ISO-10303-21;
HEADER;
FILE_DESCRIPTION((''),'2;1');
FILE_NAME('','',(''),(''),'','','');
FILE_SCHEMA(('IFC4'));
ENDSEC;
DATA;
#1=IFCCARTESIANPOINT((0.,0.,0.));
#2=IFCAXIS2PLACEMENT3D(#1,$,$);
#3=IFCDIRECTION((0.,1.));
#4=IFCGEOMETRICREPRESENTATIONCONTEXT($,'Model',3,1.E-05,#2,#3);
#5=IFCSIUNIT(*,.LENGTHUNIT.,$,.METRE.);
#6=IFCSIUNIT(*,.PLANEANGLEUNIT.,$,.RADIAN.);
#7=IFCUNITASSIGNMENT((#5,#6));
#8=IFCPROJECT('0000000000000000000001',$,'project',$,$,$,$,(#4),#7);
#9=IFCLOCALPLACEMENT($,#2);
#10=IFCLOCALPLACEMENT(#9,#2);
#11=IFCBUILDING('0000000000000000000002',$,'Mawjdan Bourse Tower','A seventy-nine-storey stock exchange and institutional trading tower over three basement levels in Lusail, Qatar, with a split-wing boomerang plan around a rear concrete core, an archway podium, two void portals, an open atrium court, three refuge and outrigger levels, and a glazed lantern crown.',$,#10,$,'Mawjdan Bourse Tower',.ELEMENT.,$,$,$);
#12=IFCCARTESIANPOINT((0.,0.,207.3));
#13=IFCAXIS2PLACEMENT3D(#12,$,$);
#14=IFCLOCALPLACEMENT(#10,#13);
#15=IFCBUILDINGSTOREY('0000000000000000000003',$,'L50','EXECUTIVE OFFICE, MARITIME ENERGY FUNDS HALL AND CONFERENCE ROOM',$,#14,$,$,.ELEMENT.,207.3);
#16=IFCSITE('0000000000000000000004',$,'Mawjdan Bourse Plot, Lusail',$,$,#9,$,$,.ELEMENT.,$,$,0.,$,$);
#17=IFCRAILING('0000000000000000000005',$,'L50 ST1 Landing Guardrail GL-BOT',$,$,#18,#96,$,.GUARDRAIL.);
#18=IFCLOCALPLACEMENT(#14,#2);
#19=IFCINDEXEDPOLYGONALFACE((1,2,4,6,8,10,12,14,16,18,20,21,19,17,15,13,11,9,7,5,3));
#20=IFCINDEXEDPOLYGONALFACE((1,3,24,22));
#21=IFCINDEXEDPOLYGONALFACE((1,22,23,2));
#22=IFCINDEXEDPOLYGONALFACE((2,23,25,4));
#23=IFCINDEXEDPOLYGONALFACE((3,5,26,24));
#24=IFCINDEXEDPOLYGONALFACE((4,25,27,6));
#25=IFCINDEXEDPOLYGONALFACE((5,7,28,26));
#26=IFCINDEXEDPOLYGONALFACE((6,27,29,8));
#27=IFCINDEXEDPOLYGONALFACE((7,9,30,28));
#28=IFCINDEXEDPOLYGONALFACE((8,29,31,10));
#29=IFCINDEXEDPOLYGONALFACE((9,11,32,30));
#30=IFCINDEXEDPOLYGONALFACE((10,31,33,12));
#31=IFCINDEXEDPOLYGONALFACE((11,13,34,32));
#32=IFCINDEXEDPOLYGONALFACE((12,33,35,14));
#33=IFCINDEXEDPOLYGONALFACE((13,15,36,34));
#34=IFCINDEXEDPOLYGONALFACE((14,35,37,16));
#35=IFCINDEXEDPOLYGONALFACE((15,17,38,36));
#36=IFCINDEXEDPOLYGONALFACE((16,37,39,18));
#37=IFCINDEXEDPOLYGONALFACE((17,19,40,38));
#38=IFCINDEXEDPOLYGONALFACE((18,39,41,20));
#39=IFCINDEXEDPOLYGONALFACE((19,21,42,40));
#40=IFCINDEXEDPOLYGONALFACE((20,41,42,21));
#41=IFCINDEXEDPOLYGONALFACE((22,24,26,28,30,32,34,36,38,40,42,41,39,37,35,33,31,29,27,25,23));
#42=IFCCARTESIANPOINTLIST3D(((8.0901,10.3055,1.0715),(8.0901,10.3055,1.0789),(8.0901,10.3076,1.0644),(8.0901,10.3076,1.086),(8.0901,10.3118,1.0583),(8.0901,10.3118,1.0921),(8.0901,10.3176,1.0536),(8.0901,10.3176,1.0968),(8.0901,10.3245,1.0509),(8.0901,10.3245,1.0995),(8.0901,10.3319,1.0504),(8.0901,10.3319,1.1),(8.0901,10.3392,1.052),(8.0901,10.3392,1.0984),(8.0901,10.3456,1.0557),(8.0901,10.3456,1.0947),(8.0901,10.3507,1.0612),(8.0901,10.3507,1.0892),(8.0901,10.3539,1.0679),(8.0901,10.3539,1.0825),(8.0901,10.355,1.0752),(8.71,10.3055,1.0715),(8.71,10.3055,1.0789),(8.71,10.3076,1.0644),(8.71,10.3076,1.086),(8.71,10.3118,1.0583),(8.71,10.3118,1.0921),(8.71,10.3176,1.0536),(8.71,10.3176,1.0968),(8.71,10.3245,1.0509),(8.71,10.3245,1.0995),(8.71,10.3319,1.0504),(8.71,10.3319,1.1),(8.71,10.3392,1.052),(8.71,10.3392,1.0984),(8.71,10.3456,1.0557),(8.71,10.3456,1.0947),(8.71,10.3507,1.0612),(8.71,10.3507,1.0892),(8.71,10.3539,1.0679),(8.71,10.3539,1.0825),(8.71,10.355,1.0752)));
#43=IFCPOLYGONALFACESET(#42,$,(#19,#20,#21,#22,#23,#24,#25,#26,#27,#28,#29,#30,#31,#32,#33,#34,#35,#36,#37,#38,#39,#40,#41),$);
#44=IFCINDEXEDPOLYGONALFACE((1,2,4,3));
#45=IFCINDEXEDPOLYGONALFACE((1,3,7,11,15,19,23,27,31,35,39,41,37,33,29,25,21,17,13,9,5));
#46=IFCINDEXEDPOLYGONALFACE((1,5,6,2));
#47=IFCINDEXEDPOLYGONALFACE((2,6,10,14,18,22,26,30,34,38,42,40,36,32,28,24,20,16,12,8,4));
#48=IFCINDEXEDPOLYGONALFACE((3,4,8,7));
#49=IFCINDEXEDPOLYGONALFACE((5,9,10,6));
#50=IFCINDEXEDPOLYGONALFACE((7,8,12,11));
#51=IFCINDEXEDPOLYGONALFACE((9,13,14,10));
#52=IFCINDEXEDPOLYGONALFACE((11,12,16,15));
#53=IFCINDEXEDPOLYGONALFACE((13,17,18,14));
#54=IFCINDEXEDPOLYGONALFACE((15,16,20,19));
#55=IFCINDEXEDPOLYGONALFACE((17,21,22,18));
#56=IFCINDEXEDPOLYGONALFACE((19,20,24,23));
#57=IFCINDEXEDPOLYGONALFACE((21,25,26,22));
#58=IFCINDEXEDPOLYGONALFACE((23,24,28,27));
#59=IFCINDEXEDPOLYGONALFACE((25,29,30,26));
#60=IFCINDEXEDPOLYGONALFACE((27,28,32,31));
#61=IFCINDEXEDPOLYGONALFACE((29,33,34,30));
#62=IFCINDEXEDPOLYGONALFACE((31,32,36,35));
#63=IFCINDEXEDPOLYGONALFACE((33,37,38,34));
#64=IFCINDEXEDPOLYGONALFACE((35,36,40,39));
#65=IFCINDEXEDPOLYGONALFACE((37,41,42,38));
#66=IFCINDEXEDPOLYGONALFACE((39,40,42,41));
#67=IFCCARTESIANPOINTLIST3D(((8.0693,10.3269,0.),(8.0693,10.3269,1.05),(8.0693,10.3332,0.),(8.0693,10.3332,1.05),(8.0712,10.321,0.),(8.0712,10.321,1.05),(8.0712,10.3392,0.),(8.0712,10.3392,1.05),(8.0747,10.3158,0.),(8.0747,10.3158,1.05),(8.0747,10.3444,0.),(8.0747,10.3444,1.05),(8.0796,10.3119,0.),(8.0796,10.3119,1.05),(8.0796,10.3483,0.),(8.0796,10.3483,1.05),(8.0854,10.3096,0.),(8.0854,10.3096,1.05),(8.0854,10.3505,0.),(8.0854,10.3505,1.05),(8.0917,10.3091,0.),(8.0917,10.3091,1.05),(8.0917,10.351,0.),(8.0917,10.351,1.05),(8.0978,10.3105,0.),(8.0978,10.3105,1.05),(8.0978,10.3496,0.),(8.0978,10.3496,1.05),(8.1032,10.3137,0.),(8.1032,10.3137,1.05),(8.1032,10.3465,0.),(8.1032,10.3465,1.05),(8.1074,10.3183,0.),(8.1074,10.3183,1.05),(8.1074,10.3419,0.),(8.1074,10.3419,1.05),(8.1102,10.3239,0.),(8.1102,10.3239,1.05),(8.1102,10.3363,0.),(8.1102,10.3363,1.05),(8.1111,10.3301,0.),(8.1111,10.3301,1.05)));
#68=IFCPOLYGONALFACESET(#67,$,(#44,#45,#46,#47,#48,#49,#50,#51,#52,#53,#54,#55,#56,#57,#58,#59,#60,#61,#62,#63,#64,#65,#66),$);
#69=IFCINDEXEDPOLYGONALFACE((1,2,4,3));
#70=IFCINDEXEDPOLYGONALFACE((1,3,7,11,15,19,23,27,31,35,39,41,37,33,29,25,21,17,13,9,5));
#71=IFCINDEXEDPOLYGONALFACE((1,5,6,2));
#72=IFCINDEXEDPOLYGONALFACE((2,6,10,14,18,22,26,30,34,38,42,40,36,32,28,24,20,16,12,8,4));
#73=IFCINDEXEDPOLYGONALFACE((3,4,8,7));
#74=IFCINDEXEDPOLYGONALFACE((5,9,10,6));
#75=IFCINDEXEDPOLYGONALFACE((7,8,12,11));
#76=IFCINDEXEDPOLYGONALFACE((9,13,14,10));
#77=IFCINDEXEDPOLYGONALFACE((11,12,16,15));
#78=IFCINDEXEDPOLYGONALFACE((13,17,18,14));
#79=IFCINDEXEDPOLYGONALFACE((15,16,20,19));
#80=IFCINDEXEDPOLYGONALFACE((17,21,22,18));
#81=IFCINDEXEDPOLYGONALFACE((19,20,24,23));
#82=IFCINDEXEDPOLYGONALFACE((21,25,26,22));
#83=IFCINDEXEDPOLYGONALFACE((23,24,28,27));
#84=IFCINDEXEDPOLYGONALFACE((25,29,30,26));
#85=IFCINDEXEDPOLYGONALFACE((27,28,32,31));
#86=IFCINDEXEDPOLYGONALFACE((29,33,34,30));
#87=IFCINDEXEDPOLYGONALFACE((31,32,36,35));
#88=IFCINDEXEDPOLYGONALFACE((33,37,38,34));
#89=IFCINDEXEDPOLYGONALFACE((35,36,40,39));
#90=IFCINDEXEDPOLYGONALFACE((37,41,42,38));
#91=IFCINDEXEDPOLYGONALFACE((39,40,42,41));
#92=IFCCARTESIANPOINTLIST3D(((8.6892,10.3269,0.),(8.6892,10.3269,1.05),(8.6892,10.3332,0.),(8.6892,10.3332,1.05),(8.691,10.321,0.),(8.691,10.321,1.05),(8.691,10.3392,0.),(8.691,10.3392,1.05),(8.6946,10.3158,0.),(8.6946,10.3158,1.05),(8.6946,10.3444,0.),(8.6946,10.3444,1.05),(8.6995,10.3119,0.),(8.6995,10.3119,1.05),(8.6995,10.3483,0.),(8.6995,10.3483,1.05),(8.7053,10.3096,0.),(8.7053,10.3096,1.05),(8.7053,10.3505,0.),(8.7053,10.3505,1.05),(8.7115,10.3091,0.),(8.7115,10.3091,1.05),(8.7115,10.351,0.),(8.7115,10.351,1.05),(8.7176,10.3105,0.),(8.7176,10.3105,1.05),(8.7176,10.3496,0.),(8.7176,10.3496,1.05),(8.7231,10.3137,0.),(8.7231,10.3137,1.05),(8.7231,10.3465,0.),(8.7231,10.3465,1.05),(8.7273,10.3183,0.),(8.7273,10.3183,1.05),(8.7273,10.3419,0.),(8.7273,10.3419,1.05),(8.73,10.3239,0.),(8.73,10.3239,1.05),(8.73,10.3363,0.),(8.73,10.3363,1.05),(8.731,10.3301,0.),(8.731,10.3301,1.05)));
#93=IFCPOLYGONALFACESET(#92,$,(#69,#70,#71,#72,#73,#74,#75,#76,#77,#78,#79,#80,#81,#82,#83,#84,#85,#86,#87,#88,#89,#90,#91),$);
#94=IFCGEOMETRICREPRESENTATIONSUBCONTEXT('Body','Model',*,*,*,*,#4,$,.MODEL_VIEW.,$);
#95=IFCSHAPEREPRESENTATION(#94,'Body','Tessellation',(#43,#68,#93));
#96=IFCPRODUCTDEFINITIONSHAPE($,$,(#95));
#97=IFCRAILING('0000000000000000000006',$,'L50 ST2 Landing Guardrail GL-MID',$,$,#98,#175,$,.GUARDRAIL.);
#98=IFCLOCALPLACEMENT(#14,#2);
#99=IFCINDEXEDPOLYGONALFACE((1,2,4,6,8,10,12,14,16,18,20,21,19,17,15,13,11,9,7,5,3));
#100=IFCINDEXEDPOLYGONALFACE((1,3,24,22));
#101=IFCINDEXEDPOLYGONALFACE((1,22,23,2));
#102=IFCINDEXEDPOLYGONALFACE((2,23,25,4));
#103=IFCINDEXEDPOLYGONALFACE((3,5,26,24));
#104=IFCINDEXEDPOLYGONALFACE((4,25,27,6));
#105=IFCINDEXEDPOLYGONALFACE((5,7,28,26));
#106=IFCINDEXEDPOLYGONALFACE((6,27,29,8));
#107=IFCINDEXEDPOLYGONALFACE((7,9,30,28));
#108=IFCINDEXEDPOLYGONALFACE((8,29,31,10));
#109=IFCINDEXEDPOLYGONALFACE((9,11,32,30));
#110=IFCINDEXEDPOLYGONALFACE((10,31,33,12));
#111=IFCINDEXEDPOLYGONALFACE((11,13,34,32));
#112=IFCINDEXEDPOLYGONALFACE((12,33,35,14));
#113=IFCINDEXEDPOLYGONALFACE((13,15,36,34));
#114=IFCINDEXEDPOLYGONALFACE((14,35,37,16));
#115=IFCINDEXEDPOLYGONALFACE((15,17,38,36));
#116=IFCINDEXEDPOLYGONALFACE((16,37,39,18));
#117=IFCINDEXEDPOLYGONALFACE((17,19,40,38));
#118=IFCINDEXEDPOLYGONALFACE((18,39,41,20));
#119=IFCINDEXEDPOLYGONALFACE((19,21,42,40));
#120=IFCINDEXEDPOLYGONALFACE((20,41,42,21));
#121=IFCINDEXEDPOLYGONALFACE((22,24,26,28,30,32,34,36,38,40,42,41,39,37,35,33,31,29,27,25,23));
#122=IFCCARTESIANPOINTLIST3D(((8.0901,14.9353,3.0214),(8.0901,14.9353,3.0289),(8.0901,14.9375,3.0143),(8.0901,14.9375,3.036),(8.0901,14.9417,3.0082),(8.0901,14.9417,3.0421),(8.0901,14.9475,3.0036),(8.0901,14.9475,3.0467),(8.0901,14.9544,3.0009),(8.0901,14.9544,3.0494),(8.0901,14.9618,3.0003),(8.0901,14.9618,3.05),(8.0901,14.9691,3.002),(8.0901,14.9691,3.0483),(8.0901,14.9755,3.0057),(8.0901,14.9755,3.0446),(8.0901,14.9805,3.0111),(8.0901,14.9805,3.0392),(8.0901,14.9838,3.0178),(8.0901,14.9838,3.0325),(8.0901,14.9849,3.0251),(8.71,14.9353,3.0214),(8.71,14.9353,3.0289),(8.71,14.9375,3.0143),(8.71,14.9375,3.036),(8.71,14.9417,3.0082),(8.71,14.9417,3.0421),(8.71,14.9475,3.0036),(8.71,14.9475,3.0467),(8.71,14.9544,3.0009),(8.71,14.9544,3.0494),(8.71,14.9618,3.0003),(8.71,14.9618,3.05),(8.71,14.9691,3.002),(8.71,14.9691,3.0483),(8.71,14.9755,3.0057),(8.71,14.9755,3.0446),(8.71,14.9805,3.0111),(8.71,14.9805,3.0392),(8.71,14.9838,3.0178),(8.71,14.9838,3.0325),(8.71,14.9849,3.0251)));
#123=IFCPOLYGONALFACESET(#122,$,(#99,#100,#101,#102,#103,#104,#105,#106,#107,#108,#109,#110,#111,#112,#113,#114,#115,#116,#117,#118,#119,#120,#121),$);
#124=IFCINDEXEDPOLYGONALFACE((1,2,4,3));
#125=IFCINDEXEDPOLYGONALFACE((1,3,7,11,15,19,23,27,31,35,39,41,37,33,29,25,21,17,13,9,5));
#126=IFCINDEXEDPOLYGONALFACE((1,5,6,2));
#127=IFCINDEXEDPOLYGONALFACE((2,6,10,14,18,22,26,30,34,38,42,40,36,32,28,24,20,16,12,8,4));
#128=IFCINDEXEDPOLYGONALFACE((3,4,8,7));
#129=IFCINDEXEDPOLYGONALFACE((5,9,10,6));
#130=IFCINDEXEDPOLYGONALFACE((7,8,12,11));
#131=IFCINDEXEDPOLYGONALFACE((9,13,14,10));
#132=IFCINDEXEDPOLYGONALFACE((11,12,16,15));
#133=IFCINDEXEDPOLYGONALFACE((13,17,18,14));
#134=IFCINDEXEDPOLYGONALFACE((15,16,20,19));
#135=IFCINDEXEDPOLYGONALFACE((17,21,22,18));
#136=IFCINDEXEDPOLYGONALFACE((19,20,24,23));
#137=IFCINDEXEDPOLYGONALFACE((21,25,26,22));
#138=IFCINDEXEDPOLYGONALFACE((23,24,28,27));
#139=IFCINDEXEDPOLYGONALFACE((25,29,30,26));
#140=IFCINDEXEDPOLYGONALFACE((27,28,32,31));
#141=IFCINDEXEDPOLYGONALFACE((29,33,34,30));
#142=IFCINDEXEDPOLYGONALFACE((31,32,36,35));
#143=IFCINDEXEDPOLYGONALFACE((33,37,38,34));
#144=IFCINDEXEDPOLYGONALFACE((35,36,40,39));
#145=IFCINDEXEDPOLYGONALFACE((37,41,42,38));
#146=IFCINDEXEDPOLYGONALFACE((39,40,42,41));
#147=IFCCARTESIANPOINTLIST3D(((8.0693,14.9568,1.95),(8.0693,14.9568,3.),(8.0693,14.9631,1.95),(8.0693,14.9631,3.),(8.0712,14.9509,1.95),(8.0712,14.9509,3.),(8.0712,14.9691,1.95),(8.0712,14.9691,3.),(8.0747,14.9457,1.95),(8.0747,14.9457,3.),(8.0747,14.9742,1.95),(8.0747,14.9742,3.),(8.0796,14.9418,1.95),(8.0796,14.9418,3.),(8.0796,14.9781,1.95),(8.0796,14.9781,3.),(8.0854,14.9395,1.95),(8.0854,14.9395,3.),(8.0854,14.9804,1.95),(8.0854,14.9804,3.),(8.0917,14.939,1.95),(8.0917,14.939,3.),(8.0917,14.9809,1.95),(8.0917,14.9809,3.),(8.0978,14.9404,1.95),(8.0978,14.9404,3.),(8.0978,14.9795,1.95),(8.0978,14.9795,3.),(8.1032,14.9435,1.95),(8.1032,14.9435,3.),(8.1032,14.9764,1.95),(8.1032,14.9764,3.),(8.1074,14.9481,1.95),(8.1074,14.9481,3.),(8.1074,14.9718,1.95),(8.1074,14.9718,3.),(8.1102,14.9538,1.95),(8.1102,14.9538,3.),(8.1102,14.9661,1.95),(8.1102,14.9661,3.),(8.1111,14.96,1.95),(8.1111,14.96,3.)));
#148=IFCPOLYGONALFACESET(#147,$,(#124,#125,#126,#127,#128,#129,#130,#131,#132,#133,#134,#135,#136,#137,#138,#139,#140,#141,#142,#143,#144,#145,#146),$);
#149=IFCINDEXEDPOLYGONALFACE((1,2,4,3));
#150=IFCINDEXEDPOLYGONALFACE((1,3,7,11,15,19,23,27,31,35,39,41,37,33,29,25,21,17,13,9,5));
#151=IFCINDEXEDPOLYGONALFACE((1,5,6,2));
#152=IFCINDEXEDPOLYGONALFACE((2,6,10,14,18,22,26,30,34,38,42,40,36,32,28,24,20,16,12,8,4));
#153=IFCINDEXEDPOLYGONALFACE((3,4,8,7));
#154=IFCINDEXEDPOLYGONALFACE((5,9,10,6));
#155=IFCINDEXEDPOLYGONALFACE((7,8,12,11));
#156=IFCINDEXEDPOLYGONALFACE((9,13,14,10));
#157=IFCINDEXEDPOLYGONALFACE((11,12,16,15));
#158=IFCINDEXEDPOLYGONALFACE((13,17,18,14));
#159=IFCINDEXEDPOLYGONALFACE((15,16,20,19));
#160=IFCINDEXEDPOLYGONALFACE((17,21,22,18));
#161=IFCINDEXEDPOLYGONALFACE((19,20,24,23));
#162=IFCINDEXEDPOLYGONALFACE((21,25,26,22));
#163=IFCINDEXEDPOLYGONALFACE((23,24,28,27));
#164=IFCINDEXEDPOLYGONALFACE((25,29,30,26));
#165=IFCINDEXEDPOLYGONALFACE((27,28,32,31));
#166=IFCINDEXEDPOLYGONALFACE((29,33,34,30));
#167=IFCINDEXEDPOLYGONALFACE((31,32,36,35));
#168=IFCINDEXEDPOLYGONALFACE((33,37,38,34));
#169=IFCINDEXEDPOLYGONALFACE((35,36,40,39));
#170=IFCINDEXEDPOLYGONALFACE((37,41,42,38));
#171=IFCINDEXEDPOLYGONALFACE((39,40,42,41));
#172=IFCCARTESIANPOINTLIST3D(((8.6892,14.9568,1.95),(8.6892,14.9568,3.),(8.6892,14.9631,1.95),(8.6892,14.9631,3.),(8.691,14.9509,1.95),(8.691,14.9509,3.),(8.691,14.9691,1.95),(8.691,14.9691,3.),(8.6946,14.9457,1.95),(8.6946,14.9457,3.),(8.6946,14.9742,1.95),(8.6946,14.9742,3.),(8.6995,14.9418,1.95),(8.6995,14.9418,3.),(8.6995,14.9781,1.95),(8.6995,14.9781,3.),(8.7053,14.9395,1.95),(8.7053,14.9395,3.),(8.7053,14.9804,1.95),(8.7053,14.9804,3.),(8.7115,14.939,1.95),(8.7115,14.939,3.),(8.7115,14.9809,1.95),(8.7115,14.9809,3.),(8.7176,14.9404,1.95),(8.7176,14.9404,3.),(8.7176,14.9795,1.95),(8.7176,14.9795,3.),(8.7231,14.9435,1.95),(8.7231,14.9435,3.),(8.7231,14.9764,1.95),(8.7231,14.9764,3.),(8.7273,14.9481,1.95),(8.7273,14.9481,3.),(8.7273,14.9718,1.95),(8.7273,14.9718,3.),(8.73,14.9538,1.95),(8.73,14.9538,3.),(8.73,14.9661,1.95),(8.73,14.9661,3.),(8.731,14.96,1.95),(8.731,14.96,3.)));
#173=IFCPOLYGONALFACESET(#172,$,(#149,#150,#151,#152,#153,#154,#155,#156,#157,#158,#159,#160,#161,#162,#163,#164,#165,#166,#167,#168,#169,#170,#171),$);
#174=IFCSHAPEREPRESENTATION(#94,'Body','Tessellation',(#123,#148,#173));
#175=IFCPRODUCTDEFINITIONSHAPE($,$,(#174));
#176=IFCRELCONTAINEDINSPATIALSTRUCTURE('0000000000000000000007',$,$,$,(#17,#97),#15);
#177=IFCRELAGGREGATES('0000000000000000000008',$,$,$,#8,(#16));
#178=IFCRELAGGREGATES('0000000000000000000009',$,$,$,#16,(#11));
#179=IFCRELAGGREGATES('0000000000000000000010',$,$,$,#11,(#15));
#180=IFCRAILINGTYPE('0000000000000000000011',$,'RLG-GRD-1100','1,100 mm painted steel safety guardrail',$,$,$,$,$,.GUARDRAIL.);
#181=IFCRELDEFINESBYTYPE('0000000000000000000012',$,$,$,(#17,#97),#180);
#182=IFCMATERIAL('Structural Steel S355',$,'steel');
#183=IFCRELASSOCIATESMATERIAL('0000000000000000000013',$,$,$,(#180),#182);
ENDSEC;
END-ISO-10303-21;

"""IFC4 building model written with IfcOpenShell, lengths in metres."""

from ifc_helpers import new_model, si_unit, direction, frame, origin, origin_2d, place, context, subcontext, project, spatial, circle, extrude, material, type_object, element, save


model = new_model("IFC4")

# Units and contexts
model_context = context("Model", 3, precision=1e-05, world=origin(), true_north=direction((0.0, 1.0)))
body_context = subcontext(model_context, "Body", "Model", "MODEL_VIEW")
ifc_project = project(units=[si_unit("LENGTHUNIT", "METRE"), si_unit("PLANEANGLEUNIT", "RADIAN")], contexts=[model_context])

# Site, building, storey
site_placement = place(None, origin())
site = spatial("IfcSite", under=ifc_project, at=site_placement, Name="Mawjdan Bourse Plot, Lusail", CompositionType="ELEMENT", RefElevation=0.0)
building_placement = place(site_placement, origin())
building = spatial("IfcBuilding", under=site, at=building_placement, Name="Mawjdan Bourse Tower", Description="A seventy-nine-storey stock exchange and institutional trading tower over three basement levels in Lusail, Qatar, with a split-wing boomerang plan around a rear concrete core, an archway podium, two void portals, an open atrium court, three refuge and outrigger levels, and a glazed lantern crown.", LongName="Mawjdan Bourse Tower", CompositionType="ELEMENT")
storey_placement = place(building_placement, frame((0.0, 0.0, 207.3)))
storey = spatial("IfcBuildingStorey", under=building, at=storey_placement, Name="L50", Description="EXECUTIVE OFFICE, MARITIME ENERGY FUNDS HALL AND CONFERENCE ROOM", CompositionType="ELEMENT", Elevation=207.3)

# Railings
ifc_material_1 = material(Name="Structural Steel S355", Category="steel")
railing_type_1 = type_object("IfcRailingType", Name="RLG-GRD-1100", Description="1,100 mm painted steel safety guardrail", PredefinedType="GUARDRAIL", material=ifc_material_1)
for number, where, name in (
    (1, (8.0901, 10.3301, 0.0), "L50 ST1 Landing Guardrail GL-BOT"),
    (2, (8.0901, 14.96, 1.95), "L50 ST2 Landing Guardrail GL-MID"),
):
    element("IfcRailing", number, at=place(storey_placement, frame(where)), inside=storey, type_object=railing_type_1, Name=name, PredefinedType="GUARDRAIL", context=body_context, shape_type="SweptSolid", body=[
        extrude(circle(Radius=0.0249, at=origin_2d()), frame((0.0, 0.0, 1.0752), z_axis=(1.0, 0.0, 0.0), x_axis=(0.0, 1.0, 0.0)), (0.0, 0.0, 1.0), 0.6199),
        extrude(circle(Radius=0.021, at=origin_2d()), origin(), (0.0, 0.0, 1.0), 1.05),
        extrude(circle(Radius=0.021, at=origin_2d()), frame((0.6199, 0.0, 0.0)), (0.0, 0.0, 1.0), 1.05),
    ])

save(model, "model.ifc")
